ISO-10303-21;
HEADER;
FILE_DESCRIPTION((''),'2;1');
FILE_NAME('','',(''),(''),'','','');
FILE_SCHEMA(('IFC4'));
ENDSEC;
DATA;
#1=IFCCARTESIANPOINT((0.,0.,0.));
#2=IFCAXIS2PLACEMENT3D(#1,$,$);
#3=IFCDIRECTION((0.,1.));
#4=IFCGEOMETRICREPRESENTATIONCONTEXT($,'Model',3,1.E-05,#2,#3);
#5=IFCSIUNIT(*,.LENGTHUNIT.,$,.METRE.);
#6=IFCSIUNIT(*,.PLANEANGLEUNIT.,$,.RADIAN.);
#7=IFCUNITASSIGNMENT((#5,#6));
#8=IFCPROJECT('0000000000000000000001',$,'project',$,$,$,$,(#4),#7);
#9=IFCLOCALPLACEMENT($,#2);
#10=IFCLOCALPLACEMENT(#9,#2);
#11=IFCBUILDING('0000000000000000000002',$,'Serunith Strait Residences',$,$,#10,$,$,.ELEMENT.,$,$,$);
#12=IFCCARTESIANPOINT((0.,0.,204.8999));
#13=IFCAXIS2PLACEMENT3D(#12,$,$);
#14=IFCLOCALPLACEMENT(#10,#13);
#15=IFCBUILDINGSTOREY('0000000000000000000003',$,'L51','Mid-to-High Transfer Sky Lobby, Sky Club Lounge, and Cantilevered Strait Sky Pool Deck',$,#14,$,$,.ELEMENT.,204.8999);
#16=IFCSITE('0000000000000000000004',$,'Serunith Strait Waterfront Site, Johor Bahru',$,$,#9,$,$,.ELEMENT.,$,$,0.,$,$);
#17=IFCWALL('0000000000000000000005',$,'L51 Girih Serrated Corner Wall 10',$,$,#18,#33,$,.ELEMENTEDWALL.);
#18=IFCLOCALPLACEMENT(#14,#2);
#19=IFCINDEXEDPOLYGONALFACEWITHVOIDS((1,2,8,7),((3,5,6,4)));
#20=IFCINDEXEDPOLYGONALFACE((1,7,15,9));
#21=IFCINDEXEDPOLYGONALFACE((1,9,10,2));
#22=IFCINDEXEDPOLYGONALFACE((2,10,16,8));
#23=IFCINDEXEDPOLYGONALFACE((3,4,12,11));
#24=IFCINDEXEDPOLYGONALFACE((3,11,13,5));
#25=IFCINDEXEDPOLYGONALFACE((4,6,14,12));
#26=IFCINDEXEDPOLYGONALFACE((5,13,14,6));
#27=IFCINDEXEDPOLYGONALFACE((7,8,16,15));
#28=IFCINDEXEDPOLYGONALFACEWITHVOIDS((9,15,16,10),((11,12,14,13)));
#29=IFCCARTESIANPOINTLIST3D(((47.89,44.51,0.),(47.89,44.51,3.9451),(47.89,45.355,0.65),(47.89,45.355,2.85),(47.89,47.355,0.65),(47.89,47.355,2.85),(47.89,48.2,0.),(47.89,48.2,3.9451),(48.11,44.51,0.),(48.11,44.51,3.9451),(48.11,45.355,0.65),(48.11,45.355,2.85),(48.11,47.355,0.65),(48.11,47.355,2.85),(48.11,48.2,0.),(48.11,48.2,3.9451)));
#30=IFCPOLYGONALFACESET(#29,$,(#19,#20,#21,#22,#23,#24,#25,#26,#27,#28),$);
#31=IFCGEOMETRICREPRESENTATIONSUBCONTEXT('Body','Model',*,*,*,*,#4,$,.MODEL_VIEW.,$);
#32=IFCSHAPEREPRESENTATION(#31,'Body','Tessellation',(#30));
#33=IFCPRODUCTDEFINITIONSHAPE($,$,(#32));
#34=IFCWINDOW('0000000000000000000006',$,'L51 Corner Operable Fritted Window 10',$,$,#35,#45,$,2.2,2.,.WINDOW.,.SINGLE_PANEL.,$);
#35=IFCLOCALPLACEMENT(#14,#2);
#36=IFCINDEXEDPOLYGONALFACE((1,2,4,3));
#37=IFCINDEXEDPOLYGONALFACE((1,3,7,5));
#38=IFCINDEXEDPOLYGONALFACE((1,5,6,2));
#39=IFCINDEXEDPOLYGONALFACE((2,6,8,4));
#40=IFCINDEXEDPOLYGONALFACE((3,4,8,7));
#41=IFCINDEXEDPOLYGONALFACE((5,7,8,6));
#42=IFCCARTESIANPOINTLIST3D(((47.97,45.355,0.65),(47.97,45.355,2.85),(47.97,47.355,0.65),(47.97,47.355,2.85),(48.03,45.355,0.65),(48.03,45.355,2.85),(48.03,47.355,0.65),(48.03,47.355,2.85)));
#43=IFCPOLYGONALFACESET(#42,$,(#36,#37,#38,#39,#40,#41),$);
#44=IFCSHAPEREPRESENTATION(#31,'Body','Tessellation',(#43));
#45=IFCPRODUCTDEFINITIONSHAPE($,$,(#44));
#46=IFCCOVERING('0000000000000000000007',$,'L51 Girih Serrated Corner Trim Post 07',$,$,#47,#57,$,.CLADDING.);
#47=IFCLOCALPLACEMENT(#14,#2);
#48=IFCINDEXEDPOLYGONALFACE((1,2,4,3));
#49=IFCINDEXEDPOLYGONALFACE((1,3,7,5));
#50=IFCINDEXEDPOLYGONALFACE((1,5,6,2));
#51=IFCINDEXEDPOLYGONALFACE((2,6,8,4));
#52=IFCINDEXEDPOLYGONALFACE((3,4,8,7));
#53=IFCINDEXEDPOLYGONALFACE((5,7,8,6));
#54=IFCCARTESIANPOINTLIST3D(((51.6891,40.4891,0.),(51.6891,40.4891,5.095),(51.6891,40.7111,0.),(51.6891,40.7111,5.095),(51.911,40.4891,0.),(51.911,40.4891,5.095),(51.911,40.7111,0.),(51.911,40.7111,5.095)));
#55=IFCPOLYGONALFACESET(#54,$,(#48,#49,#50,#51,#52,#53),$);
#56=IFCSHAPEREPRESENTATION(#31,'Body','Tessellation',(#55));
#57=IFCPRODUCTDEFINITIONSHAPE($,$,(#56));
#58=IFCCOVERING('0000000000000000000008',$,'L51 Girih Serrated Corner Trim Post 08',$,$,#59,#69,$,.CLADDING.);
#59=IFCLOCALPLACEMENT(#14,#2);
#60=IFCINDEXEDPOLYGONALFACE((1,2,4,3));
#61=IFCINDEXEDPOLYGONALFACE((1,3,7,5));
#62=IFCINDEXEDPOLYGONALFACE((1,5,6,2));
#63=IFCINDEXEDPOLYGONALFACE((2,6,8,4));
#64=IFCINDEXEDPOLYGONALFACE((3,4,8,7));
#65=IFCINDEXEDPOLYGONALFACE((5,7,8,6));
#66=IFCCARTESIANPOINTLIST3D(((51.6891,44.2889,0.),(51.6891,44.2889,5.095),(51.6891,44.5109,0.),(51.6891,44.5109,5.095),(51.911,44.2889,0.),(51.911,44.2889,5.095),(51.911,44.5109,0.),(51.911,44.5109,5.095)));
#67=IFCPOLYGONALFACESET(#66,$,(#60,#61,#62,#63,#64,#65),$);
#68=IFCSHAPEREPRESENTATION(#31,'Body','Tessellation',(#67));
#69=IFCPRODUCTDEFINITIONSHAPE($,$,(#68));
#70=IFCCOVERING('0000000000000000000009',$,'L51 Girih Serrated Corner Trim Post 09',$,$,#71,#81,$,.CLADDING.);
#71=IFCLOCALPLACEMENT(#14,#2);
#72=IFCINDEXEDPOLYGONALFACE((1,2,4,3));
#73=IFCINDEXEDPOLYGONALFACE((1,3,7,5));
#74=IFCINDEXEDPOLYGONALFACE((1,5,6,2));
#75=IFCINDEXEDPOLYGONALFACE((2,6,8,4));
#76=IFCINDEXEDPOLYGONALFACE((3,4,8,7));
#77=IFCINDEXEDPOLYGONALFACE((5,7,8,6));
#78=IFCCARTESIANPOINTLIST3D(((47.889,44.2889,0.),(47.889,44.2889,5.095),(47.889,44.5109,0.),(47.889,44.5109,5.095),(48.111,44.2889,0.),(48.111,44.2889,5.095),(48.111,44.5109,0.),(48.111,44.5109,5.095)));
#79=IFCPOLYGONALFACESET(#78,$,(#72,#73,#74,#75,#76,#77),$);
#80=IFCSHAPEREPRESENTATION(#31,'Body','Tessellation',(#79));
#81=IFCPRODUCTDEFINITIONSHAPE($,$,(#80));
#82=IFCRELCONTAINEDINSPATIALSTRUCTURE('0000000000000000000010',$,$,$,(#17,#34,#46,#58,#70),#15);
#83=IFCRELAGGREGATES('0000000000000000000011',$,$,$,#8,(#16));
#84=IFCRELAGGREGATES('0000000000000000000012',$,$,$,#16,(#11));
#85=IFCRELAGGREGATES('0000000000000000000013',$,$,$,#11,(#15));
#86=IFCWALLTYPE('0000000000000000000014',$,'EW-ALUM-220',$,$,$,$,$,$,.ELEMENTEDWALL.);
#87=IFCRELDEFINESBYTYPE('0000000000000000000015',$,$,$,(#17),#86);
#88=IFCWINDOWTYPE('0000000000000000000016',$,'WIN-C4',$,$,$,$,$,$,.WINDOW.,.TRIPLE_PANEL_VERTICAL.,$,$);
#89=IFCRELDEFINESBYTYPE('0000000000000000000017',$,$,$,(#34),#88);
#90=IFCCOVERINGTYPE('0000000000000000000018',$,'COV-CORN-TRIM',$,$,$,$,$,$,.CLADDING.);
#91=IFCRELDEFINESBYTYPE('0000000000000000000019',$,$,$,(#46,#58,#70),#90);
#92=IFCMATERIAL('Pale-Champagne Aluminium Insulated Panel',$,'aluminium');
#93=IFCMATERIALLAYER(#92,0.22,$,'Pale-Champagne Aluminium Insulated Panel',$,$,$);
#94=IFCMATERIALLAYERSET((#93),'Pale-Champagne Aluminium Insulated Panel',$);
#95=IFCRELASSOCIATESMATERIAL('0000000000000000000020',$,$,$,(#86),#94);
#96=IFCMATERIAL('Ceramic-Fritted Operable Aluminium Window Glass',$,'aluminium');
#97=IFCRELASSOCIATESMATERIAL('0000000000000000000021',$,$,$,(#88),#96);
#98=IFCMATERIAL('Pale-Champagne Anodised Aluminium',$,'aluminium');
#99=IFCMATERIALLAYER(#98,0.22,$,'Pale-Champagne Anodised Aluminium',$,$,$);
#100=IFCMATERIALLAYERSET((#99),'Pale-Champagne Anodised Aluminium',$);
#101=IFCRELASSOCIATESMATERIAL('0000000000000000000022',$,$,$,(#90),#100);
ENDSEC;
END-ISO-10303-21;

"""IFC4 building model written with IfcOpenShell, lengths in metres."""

from ifc_helpers import new_model, si_unit, direction, frame, frame_2d, origin, origin_2d, place, context, subcontext, project, spatial, rectangle, extrude, source, transform, mapped, material, layer, layer_set, type_object, element, fill, save


model = new_model("IFC4")

# Units and contexts
model_context = context("Model", 3, precision=1e-05, world=origin(), true_north=direction((0.0, 1.0)))
body_context = subcontext(model_context, "Body", "Model", "MODEL_VIEW")
ifc_project = project(units=[si_unit("LENGTHUNIT", "METRE"), si_unit("PLANEANGLEUNIT", "RADIAN")], contexts=[model_context])

# Site, building, storey
site_placement = place(None, origin())
site = spatial("IfcSite", under=ifc_project, at=site_placement, Name="Serunith Strait Waterfront Site, Johor Bahru", CompositionType="ELEMENT", RefElevation=0.0)
building_placement = place(site_placement, origin())
building = spatial("IfcBuilding", under=site, at=building_placement, Name="Serunith Strait Residences", CompositionType="ELEMENT")
storey_placement = place(building_placement, frame((0.0, 0.0, 204.8999)))
storey = spatial("IfcBuildingStorey", under=building, at=storey_placement, Name="L51", Description="Mid-to-High Transfer Sky Lobby, Sky Club Lounge, and Cantilevered Strait Sky Pool Deck", CompositionType="ELEMENT", Elevation=204.8999)

# Wall, opening, window
ifc_material_1 = material(Name="Pale-Champagne Aluminium Insulated Panel", Category="aluminium")
ifc_layer_1 = layer(ifc_material_1, 0.22, Name="Pale-Champagne Aluminium Insulated Panel")
ifc_layer_set_1 = layer_set([ifc_layer_1], Name="Pale-Champagne Aluminium Insulated Panel")
wall_type = type_object("IfcWallType", Name="EW-ALUM-220", PredefinedType="ELEMENTEDWALL", material=ifc_layer_set_1)
ifc_material_2 = material(Name="Ceramic-Fritted Operable Aluminium Window Glass", Category="aluminium")
window_type = type_object("IfcWindowType", Name="WIN-C4", PartitioningType="TRIPLE_PANEL_VERTICAL", PredefinedType="WINDOW", material=ifc_material_2)
shared_shape_1 = source(origin(), body_context, "Body", "SweptSolid", [
    extrude(rectangle(XDim=2.0, YDim=2.2, at=frame_2d((1.0, 1.1001))), frame((0.0, 0.03, 0.0), z_axis=(0.0, -1.0, 0.0), x_axis=(1.0, 0.0, 0.0)), (0.0, 0.0, 1.0), 0.0601),
])
wall_1_placement = place(storey_placement, frame((48.0, 44.51, 0.0), z_axis=(0.0, 0.0, 1.0), x_axis=(0.0, 1.0, 0.0)))
wall_1 = element("IfcWall", 1, at=wall_1_placement, inside=storey, type_object=wall_type, Name="L51 Girih Serrated Corner Wall 10", PredefinedType="ELEMENTEDWALL", context=body_context, shape_type="SweptSolid", body=[
    extrude(rectangle(XDim=3.6899, YDim=0.22, at=frame_2d((1.845, 0.0))), origin(), (0.0, 0.0, 1.0), 3.9451),
])
opening_1_placement = place(wall_1_placement, frame((0.845, 0.0, 0.6499)))
opening_1 = element("IfcOpeningElement", 2, at=opening_1_placement, cuts=wall_1, PredefinedType="OPENING", context=body_context, shape_type="SweptSolid", body=[
    extrude(rectangle(XDim=2.0, YDim=2.2, at=frame_2d((1.0, 1.1001))), frame((0.0, 0.1201, 0.0), z_axis=(0.0, -1.0, 0.0), x_axis=(1.0, 0.0, 0.0)), (0.0, 0.0, 1.0), 0.24),
])
window_1_placement = place(opening_1_placement, origin())
window_1 = element("IfcWindow", 3, at=window_1_placement, inside=storey, type_object=window_type, Name="L51 Corner Operable Fritted Window 10", OverallHeight=2.2, OverallWidth=2.0, PartitioningType="SINGLE_PANEL", PredefinedType="WINDOW", context=body_context, shape_type="MappedRepresentation", body=[
    mapped(shared_shape_1, transform((0.0, 0.0, 0.0), scale=1.0)),
])
fill(opening_1, window_1)

# Coverings
ifc_material_3 = material(Name="Pale-Champagne Anodised Aluminium", Category="aluminium")
ifc_layer_2 = layer(ifc_material_3, 0.22, Name="Pale-Champagne Anodised Aluminium")
ifc_layer_set_2 = layer_set([ifc_layer_2], Name="Pale-Champagne Anodised Aluminium")
covering_type = type_object("IfcCoveringType", Name="COV-CORN-TRIM", PredefinedType="CLADDING", material=ifc_layer_set_2)
shared_shape_2 = source(origin(), body_context, "Body", "SweptSolid", [
    extrude(rectangle(XDim=0.2219, YDim=0.2219, at=origin_2d()), origin(), (0.0, 0.0, 1.0), 5.095),
])
for number, where, z_axis, x_axis, name in (
    (4, (51.8, 40.6001, 0.0), (0.0, 0.0, 1.0), (1.0, 0.0, 0.0), "L51 Girih Serrated Corner Trim Post 07"),
    (5, (51.8, 44.3999, 0.0), (0.0, 0.0, 1.0), (1.0, 0.0, 0.0), "L51 Girih Serrated Corner Trim Post 08"),
    (6, (48.0, 44.3999, 0.0), (0.0, 0.0, 1.0), (1.0, 0.0, 0.0), "L51 Girih Serrated Corner Trim Post 09"),
):
    element("IfcCovering", number, at=place(storey_placement, frame(where, z_axis=z_axis, x_axis=x_axis)), inside=storey, type_object=covering_type, Name=name, PredefinedType="CLADDING", context=body_context, shape_type="MappedRepresentation", body=[
        mapped(shared_shape_2, transform((0.0, 0.0, 0.0), scale=1.0)),
    ])

save(model, "model.ifc")
